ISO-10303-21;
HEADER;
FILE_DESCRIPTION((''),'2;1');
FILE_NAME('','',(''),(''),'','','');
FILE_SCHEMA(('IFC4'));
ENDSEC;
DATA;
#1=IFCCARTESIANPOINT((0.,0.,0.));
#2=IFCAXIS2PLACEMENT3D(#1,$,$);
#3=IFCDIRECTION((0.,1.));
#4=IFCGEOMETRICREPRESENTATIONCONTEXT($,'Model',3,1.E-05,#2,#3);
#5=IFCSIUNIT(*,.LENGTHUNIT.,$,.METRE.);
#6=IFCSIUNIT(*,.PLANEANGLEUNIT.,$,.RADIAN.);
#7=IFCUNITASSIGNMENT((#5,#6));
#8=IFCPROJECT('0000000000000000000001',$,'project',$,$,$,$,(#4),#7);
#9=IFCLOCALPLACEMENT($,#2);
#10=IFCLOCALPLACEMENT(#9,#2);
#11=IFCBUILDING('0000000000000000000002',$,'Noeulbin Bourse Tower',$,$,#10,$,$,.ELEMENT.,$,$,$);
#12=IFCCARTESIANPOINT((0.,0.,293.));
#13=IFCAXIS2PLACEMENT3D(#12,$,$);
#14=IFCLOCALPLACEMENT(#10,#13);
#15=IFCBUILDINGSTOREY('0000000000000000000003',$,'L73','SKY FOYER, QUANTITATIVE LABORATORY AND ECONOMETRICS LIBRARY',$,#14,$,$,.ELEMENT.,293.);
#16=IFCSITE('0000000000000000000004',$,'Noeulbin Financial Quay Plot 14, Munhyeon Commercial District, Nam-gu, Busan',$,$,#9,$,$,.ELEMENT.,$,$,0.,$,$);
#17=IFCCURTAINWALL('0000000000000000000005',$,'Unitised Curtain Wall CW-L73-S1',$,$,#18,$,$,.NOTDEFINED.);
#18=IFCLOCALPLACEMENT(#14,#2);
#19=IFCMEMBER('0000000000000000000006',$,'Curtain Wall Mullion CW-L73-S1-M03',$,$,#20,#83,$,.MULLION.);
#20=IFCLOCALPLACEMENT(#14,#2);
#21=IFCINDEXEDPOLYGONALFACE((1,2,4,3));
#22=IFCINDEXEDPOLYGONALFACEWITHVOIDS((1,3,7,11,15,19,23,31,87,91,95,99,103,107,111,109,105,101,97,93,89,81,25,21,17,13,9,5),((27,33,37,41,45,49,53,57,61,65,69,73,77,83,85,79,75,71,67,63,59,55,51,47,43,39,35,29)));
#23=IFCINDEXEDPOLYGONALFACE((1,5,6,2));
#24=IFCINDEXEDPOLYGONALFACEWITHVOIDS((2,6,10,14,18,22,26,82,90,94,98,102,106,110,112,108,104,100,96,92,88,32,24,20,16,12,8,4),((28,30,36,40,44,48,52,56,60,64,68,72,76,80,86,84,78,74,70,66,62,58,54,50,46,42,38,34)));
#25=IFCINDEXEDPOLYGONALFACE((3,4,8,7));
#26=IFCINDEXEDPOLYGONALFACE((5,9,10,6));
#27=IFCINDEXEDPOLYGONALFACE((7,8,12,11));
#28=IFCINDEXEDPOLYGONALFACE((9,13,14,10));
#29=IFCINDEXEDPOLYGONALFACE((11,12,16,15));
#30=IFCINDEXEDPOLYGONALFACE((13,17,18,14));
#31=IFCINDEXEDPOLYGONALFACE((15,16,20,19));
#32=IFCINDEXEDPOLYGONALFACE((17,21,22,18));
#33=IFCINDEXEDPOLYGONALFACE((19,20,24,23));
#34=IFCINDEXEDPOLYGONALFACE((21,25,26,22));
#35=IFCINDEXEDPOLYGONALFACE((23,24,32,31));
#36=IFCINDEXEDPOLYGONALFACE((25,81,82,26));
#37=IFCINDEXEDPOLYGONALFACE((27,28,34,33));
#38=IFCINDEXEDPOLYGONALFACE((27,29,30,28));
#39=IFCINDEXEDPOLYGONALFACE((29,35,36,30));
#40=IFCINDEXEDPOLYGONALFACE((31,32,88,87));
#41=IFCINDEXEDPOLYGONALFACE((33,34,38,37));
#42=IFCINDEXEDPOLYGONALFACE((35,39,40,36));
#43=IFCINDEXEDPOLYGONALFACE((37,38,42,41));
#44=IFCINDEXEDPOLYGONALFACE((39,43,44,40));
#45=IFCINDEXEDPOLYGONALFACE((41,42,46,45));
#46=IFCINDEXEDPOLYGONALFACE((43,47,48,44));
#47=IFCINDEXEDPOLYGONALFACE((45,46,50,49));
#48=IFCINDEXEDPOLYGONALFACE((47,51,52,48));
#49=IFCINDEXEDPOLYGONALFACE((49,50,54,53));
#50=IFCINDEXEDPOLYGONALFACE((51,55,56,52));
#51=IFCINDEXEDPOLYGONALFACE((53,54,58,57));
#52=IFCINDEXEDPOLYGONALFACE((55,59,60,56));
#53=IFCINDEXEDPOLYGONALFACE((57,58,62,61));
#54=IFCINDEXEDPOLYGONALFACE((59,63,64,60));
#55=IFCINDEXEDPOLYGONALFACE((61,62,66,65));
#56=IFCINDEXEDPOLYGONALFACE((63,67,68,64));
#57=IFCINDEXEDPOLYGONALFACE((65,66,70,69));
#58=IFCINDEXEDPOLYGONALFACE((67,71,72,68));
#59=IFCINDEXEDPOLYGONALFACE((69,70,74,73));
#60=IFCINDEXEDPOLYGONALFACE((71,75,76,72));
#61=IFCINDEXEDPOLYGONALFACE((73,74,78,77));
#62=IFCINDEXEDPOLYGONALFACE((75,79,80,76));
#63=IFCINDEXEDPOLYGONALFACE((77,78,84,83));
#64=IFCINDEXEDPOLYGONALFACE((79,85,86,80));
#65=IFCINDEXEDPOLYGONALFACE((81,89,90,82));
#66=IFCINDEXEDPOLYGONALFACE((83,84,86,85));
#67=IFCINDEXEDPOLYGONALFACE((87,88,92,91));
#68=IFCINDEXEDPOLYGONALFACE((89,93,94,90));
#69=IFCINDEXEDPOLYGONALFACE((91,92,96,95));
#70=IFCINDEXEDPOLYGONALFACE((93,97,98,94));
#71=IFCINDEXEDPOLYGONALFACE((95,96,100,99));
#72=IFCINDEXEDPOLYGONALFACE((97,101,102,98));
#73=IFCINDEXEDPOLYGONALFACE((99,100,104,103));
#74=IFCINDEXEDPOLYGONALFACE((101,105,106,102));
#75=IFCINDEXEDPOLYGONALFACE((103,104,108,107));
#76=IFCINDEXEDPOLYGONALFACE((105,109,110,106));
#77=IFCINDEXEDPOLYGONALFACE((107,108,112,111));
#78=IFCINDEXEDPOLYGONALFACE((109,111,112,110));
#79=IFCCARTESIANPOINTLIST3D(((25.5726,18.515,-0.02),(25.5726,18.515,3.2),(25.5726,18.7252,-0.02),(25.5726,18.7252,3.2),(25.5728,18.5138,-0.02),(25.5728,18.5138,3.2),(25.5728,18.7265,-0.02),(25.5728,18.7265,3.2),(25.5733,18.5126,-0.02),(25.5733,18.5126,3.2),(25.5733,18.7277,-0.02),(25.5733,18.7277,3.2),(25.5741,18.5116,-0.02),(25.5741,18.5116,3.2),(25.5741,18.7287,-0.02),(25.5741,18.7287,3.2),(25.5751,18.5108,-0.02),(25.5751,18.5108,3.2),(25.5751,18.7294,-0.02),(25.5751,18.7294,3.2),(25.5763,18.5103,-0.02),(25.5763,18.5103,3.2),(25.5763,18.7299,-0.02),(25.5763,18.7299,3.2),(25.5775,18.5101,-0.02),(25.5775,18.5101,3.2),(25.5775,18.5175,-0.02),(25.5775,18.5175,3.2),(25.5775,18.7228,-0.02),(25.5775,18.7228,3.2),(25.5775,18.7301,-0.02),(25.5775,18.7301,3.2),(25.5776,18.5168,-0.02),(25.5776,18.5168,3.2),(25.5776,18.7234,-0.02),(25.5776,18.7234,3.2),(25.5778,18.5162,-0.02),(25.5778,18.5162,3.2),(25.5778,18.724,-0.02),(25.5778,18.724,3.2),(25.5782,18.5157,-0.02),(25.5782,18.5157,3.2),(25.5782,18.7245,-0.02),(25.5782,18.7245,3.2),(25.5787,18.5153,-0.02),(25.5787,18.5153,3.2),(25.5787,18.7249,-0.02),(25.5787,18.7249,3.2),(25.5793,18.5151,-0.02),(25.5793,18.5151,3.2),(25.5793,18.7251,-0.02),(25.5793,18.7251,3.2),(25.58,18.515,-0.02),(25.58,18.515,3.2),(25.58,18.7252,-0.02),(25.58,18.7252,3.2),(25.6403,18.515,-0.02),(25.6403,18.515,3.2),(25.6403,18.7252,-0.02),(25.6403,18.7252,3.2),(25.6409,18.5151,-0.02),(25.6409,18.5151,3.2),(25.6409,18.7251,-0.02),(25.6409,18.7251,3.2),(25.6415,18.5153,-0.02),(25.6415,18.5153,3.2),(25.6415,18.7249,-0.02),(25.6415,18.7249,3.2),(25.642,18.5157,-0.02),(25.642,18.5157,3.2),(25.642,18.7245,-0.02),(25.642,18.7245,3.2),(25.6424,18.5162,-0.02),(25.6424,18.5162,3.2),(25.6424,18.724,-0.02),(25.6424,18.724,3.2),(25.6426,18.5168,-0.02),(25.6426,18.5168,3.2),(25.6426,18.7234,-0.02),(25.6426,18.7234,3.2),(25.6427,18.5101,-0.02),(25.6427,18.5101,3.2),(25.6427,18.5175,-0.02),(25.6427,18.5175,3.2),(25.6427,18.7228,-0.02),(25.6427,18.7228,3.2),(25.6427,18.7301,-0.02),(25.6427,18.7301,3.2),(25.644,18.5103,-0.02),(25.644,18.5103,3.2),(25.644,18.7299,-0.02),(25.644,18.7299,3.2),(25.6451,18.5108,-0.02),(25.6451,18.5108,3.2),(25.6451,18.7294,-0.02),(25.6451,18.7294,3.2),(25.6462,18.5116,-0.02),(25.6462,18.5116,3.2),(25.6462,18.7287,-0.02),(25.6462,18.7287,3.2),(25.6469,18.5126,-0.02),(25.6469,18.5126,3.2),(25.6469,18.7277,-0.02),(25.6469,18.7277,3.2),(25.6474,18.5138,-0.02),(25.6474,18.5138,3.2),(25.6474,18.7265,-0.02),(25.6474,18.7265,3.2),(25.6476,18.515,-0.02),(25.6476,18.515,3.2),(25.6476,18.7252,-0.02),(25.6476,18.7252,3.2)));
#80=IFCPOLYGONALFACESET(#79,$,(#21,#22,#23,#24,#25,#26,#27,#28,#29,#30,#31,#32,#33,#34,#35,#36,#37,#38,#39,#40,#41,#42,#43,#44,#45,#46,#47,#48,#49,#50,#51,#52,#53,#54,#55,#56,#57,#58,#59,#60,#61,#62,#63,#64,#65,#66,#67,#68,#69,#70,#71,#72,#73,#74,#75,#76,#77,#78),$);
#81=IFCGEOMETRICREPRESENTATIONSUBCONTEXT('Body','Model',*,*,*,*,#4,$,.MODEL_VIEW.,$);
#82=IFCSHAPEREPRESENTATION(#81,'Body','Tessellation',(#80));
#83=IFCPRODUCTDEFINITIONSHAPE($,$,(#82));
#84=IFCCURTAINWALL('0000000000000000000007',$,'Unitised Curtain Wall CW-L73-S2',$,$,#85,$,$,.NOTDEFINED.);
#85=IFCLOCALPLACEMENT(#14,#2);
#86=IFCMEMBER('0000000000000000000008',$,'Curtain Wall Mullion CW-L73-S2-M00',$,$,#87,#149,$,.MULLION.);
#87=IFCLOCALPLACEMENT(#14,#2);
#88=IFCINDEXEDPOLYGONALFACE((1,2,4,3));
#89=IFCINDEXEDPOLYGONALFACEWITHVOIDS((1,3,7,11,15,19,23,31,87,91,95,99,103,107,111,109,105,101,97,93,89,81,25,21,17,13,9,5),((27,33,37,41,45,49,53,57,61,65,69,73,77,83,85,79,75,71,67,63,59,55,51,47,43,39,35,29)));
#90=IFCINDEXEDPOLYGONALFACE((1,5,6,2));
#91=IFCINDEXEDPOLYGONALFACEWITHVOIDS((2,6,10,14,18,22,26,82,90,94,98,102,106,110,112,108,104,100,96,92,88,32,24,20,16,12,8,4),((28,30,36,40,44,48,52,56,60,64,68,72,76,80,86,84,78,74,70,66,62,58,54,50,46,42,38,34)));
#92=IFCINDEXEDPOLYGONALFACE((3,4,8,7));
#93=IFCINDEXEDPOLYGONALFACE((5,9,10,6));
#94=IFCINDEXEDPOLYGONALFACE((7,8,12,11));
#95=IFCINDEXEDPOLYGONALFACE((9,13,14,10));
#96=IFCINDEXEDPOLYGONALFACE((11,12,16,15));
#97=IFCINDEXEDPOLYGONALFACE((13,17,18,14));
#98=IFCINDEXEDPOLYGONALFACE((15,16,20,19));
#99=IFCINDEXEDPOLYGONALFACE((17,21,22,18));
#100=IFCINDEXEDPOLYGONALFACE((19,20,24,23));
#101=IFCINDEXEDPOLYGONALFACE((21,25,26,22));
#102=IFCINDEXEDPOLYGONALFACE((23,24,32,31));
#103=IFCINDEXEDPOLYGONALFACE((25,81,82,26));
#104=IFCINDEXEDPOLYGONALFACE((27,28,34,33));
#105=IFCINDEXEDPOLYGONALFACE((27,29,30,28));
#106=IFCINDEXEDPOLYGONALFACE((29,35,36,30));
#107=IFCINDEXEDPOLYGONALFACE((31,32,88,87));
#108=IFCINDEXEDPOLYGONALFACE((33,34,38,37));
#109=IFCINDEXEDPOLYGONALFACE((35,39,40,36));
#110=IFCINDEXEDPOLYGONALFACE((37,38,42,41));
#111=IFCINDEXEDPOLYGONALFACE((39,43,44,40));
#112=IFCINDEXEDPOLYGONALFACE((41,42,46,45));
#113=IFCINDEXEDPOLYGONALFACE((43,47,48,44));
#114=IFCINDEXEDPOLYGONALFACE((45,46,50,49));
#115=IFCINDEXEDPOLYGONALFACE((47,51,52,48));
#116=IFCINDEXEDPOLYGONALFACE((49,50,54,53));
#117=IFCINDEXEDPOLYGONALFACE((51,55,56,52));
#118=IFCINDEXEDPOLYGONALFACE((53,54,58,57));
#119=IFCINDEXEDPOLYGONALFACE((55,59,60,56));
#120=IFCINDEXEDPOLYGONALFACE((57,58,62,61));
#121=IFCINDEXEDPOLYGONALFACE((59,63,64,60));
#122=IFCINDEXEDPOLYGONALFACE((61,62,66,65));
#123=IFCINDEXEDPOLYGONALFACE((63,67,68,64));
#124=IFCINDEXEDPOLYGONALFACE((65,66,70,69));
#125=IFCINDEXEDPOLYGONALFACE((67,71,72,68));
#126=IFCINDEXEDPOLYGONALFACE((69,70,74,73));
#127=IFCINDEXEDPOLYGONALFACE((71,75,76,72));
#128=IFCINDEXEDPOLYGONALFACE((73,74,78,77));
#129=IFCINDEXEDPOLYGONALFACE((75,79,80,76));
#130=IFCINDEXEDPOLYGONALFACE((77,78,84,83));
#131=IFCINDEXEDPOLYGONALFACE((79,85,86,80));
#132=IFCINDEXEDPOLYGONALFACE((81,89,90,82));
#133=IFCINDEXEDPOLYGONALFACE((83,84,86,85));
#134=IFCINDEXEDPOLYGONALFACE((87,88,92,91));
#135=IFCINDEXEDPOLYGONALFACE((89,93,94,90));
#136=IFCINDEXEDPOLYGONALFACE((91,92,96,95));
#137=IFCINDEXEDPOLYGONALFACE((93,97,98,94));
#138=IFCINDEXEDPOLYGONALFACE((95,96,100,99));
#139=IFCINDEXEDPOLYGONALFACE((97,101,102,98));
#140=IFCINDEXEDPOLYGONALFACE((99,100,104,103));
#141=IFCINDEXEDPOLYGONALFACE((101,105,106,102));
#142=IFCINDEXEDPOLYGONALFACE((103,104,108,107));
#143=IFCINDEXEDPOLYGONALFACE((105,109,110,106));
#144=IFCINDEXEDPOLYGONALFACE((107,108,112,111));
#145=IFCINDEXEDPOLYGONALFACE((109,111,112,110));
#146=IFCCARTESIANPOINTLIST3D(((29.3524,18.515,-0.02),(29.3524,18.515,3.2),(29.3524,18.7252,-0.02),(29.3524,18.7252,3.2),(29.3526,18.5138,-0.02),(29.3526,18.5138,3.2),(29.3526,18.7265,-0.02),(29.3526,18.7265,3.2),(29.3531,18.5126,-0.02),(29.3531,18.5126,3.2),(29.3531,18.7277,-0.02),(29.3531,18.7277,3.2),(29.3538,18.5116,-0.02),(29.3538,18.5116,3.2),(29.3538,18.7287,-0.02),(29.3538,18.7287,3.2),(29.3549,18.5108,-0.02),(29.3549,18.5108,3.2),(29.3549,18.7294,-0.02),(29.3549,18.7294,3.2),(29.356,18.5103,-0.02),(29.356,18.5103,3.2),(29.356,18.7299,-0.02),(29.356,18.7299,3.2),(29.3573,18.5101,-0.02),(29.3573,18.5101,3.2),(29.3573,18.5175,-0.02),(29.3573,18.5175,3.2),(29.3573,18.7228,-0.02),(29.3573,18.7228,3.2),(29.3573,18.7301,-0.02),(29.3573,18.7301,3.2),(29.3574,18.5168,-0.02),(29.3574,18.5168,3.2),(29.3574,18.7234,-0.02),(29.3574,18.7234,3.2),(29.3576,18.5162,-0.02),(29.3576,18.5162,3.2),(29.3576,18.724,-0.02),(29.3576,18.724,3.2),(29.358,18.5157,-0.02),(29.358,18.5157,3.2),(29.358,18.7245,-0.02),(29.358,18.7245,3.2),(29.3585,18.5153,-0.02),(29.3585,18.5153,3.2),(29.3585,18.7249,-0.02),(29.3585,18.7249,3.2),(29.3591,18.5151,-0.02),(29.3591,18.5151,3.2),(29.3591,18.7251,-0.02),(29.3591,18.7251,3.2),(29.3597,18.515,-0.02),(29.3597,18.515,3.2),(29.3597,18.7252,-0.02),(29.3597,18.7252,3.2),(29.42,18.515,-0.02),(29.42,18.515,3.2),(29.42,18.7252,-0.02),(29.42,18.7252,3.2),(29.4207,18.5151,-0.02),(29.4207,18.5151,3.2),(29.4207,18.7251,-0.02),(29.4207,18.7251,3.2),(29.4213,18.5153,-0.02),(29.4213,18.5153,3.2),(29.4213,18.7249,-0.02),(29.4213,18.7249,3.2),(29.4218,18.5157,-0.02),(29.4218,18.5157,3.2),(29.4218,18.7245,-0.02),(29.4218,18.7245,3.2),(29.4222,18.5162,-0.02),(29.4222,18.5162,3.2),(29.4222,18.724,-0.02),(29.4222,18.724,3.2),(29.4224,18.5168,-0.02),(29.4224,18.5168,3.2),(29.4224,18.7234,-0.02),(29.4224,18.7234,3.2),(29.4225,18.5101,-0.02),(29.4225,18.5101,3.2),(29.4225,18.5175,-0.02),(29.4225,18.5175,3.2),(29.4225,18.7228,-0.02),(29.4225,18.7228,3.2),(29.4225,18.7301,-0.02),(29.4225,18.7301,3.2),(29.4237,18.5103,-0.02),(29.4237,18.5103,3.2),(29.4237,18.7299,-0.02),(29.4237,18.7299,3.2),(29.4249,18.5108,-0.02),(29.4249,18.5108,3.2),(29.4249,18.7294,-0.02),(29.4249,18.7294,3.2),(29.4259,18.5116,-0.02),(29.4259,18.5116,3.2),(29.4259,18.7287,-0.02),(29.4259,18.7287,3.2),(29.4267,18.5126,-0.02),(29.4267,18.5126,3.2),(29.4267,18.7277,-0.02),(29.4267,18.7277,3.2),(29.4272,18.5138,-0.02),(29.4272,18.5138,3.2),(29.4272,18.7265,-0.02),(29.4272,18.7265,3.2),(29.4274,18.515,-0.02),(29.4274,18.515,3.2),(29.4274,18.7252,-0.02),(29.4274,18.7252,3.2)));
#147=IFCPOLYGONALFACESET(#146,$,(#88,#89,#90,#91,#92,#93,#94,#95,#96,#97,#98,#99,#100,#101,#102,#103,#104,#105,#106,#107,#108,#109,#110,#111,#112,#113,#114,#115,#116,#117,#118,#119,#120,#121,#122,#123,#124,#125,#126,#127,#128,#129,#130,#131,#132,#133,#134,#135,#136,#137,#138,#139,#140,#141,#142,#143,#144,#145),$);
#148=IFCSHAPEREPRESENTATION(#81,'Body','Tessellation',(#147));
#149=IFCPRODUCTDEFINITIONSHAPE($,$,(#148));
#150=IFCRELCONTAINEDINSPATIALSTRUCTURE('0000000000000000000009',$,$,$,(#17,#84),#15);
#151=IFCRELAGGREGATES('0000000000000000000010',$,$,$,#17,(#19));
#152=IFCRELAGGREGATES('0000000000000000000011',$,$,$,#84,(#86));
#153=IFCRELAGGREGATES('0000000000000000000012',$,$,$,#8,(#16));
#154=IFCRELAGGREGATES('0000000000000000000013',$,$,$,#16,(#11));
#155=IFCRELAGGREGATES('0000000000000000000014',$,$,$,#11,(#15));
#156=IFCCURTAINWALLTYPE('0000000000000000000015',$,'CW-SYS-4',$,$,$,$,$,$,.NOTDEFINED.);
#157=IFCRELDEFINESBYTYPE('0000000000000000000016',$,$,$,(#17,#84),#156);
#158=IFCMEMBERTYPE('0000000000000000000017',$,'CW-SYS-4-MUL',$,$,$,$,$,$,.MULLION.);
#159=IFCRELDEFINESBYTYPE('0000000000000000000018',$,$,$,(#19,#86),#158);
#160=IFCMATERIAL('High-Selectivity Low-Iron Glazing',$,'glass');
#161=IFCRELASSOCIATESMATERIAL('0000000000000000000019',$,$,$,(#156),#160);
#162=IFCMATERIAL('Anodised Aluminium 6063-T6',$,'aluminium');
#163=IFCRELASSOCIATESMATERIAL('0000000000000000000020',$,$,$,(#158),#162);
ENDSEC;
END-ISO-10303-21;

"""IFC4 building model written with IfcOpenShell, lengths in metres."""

from ifc_helpers import new_model, si_unit, direction, frame, origin, origin_2d, place, context, subcontext, project, spatial, hollow_rectangle, extrude, material, material_profile, profile_set, type_object, element, aggregate, save


model = new_model("IFC4")

# Units and contexts
model_context = context("Model", 3, precision=1e-05, world=origin(), true_north=direction((0.0, 1.0)))
body_context = subcontext(model_context, "Body", "Model", "MODEL_VIEW")
ifc_project = project(units=[si_unit("LENGTHUNIT", "METRE"), si_unit("PLANEANGLEUNIT", "RADIAN")], contexts=[model_context])

# Site, building, storey
site_placement = place(None, origin())
site = spatial("IfcSite", under=ifc_project, at=site_placement, Name="Noeulbin Financial Quay Plot 14, Munhyeon Commercial District, Nam-gu, Busan", CompositionType="ELEMENT", RefElevation=0.0)
building_placement = place(site_placement, origin())
building = spatial("IfcBuilding", under=site, at=building_placement, Name="Noeulbin Bourse Tower", CompositionType="ELEMENT")
storey_placement = place(building_placement, frame((0.0, 0.0, 293.0)))
storey = spatial("IfcBuildingStorey", under=building, at=storey_placement, Name="L73", Description="SKY FOYER, QUANTITATIVE LABORATORY AND ECONOMETRICS LIBRARY", CompositionType="ELEMENT", Elevation=293.0)

# Shared definitions
ifc_material_1 = material(Name="High-Selectivity Low-Iron Glazing", Category="glass")
curtain_wall_type = type_object("IfcCurtainWallType", Name="CW-SYS-4", PredefinedType="NOTDEFINED", material=ifc_material_1)
ifc_material_2 = material(Name="Anodised Aluminium 6063-T6", Category="aluminium")
ifc_material_profile_1 = material_profile(ifc_material_2, hollow_rectangle(XDim=0.075, YDim=0.22, WallThickness=0.0049, InnerFilletRadius=0.0024, OuterFilletRadius=0.0049, at=origin_2d()), Name="ALU-MULL-75x220x5", Category="LoadBearing")
ifc_profile_set_1 = profile_set([ifc_material_profile_1], Name="Anodised Aluminium 6063-T6")
member_type_1 = type_object("IfcMemberType", Name="CW-SYS-4-MUL", PredefinedType="MULLION", material=ifc_profile_set_1)

# Curtain walls, members
curtain_wall_1_placement = place(storey_placement, origin())
curtain_wall_1 = element("IfcCurtainWall", 1, at=curtain_wall_1_placement, inside=storey, type_object=curtain_wall_type, Name="Unitised Curtain Wall CW-L73-S1", PredefinedType="NOTDEFINED")
member_1_placement = place(storey_placement, frame((25.6101, 18.6201, -0.02), z_axis=(0.0, 0.0, 1.0), x_axis=(1.0, 0.0, 0.0)))
member_1 = element("IfcMember", 2, at=member_1_placement, type_object=member_type_1, Name="Curtain Wall Mullion CW-L73-S1-M03", PredefinedType="MULLION", context=body_context, shape_type="SweptSolid", body=[
    extrude(hollow_rectangle(XDim=0.075, YDim=0.22, WallThickness=0.0049, InnerFilletRadius=0.0024, OuterFilletRadius=0.0049, at=origin_2d()), origin(), (0.0, 0.0, 1.0), 3.22),
])
curtain_wall_2_placement = place(storey_placement, origin())
curtain_wall_2 = element("IfcCurtainWall", 3, at=curtain_wall_2_placement, inside=storey, type_object=curtain_wall_type, Name="Unitised Curtain Wall CW-L73-S2", PredefinedType="NOTDEFINED")
member_2_placement = place(storey_placement, frame((29.3899, 18.6201, -0.02), z_axis=(0.0, 0.0, 1.0), x_axis=(1.0, 0.0, 0.0)))
member_2 = element("IfcMember", 4, at=member_2_placement, type_object=member_type_1, Name="Curtain Wall Mullion CW-L73-S2-M00", PredefinedType="MULLION", context=body_context, shape_type="SweptSolid", body=[
    extrude(hollow_rectangle(XDim=0.075, YDim=0.22, WallThickness=0.0049, InnerFilletRadius=0.0024, OuterFilletRadius=0.0049, at=origin_2d()), origin(), (0.0, 0.0, 1.0), 3.22),
])

aggregate(curtain_wall_1, [member_1])
aggregate(curtain_wall_2, [member_2])

save(model, "model.ifc")
